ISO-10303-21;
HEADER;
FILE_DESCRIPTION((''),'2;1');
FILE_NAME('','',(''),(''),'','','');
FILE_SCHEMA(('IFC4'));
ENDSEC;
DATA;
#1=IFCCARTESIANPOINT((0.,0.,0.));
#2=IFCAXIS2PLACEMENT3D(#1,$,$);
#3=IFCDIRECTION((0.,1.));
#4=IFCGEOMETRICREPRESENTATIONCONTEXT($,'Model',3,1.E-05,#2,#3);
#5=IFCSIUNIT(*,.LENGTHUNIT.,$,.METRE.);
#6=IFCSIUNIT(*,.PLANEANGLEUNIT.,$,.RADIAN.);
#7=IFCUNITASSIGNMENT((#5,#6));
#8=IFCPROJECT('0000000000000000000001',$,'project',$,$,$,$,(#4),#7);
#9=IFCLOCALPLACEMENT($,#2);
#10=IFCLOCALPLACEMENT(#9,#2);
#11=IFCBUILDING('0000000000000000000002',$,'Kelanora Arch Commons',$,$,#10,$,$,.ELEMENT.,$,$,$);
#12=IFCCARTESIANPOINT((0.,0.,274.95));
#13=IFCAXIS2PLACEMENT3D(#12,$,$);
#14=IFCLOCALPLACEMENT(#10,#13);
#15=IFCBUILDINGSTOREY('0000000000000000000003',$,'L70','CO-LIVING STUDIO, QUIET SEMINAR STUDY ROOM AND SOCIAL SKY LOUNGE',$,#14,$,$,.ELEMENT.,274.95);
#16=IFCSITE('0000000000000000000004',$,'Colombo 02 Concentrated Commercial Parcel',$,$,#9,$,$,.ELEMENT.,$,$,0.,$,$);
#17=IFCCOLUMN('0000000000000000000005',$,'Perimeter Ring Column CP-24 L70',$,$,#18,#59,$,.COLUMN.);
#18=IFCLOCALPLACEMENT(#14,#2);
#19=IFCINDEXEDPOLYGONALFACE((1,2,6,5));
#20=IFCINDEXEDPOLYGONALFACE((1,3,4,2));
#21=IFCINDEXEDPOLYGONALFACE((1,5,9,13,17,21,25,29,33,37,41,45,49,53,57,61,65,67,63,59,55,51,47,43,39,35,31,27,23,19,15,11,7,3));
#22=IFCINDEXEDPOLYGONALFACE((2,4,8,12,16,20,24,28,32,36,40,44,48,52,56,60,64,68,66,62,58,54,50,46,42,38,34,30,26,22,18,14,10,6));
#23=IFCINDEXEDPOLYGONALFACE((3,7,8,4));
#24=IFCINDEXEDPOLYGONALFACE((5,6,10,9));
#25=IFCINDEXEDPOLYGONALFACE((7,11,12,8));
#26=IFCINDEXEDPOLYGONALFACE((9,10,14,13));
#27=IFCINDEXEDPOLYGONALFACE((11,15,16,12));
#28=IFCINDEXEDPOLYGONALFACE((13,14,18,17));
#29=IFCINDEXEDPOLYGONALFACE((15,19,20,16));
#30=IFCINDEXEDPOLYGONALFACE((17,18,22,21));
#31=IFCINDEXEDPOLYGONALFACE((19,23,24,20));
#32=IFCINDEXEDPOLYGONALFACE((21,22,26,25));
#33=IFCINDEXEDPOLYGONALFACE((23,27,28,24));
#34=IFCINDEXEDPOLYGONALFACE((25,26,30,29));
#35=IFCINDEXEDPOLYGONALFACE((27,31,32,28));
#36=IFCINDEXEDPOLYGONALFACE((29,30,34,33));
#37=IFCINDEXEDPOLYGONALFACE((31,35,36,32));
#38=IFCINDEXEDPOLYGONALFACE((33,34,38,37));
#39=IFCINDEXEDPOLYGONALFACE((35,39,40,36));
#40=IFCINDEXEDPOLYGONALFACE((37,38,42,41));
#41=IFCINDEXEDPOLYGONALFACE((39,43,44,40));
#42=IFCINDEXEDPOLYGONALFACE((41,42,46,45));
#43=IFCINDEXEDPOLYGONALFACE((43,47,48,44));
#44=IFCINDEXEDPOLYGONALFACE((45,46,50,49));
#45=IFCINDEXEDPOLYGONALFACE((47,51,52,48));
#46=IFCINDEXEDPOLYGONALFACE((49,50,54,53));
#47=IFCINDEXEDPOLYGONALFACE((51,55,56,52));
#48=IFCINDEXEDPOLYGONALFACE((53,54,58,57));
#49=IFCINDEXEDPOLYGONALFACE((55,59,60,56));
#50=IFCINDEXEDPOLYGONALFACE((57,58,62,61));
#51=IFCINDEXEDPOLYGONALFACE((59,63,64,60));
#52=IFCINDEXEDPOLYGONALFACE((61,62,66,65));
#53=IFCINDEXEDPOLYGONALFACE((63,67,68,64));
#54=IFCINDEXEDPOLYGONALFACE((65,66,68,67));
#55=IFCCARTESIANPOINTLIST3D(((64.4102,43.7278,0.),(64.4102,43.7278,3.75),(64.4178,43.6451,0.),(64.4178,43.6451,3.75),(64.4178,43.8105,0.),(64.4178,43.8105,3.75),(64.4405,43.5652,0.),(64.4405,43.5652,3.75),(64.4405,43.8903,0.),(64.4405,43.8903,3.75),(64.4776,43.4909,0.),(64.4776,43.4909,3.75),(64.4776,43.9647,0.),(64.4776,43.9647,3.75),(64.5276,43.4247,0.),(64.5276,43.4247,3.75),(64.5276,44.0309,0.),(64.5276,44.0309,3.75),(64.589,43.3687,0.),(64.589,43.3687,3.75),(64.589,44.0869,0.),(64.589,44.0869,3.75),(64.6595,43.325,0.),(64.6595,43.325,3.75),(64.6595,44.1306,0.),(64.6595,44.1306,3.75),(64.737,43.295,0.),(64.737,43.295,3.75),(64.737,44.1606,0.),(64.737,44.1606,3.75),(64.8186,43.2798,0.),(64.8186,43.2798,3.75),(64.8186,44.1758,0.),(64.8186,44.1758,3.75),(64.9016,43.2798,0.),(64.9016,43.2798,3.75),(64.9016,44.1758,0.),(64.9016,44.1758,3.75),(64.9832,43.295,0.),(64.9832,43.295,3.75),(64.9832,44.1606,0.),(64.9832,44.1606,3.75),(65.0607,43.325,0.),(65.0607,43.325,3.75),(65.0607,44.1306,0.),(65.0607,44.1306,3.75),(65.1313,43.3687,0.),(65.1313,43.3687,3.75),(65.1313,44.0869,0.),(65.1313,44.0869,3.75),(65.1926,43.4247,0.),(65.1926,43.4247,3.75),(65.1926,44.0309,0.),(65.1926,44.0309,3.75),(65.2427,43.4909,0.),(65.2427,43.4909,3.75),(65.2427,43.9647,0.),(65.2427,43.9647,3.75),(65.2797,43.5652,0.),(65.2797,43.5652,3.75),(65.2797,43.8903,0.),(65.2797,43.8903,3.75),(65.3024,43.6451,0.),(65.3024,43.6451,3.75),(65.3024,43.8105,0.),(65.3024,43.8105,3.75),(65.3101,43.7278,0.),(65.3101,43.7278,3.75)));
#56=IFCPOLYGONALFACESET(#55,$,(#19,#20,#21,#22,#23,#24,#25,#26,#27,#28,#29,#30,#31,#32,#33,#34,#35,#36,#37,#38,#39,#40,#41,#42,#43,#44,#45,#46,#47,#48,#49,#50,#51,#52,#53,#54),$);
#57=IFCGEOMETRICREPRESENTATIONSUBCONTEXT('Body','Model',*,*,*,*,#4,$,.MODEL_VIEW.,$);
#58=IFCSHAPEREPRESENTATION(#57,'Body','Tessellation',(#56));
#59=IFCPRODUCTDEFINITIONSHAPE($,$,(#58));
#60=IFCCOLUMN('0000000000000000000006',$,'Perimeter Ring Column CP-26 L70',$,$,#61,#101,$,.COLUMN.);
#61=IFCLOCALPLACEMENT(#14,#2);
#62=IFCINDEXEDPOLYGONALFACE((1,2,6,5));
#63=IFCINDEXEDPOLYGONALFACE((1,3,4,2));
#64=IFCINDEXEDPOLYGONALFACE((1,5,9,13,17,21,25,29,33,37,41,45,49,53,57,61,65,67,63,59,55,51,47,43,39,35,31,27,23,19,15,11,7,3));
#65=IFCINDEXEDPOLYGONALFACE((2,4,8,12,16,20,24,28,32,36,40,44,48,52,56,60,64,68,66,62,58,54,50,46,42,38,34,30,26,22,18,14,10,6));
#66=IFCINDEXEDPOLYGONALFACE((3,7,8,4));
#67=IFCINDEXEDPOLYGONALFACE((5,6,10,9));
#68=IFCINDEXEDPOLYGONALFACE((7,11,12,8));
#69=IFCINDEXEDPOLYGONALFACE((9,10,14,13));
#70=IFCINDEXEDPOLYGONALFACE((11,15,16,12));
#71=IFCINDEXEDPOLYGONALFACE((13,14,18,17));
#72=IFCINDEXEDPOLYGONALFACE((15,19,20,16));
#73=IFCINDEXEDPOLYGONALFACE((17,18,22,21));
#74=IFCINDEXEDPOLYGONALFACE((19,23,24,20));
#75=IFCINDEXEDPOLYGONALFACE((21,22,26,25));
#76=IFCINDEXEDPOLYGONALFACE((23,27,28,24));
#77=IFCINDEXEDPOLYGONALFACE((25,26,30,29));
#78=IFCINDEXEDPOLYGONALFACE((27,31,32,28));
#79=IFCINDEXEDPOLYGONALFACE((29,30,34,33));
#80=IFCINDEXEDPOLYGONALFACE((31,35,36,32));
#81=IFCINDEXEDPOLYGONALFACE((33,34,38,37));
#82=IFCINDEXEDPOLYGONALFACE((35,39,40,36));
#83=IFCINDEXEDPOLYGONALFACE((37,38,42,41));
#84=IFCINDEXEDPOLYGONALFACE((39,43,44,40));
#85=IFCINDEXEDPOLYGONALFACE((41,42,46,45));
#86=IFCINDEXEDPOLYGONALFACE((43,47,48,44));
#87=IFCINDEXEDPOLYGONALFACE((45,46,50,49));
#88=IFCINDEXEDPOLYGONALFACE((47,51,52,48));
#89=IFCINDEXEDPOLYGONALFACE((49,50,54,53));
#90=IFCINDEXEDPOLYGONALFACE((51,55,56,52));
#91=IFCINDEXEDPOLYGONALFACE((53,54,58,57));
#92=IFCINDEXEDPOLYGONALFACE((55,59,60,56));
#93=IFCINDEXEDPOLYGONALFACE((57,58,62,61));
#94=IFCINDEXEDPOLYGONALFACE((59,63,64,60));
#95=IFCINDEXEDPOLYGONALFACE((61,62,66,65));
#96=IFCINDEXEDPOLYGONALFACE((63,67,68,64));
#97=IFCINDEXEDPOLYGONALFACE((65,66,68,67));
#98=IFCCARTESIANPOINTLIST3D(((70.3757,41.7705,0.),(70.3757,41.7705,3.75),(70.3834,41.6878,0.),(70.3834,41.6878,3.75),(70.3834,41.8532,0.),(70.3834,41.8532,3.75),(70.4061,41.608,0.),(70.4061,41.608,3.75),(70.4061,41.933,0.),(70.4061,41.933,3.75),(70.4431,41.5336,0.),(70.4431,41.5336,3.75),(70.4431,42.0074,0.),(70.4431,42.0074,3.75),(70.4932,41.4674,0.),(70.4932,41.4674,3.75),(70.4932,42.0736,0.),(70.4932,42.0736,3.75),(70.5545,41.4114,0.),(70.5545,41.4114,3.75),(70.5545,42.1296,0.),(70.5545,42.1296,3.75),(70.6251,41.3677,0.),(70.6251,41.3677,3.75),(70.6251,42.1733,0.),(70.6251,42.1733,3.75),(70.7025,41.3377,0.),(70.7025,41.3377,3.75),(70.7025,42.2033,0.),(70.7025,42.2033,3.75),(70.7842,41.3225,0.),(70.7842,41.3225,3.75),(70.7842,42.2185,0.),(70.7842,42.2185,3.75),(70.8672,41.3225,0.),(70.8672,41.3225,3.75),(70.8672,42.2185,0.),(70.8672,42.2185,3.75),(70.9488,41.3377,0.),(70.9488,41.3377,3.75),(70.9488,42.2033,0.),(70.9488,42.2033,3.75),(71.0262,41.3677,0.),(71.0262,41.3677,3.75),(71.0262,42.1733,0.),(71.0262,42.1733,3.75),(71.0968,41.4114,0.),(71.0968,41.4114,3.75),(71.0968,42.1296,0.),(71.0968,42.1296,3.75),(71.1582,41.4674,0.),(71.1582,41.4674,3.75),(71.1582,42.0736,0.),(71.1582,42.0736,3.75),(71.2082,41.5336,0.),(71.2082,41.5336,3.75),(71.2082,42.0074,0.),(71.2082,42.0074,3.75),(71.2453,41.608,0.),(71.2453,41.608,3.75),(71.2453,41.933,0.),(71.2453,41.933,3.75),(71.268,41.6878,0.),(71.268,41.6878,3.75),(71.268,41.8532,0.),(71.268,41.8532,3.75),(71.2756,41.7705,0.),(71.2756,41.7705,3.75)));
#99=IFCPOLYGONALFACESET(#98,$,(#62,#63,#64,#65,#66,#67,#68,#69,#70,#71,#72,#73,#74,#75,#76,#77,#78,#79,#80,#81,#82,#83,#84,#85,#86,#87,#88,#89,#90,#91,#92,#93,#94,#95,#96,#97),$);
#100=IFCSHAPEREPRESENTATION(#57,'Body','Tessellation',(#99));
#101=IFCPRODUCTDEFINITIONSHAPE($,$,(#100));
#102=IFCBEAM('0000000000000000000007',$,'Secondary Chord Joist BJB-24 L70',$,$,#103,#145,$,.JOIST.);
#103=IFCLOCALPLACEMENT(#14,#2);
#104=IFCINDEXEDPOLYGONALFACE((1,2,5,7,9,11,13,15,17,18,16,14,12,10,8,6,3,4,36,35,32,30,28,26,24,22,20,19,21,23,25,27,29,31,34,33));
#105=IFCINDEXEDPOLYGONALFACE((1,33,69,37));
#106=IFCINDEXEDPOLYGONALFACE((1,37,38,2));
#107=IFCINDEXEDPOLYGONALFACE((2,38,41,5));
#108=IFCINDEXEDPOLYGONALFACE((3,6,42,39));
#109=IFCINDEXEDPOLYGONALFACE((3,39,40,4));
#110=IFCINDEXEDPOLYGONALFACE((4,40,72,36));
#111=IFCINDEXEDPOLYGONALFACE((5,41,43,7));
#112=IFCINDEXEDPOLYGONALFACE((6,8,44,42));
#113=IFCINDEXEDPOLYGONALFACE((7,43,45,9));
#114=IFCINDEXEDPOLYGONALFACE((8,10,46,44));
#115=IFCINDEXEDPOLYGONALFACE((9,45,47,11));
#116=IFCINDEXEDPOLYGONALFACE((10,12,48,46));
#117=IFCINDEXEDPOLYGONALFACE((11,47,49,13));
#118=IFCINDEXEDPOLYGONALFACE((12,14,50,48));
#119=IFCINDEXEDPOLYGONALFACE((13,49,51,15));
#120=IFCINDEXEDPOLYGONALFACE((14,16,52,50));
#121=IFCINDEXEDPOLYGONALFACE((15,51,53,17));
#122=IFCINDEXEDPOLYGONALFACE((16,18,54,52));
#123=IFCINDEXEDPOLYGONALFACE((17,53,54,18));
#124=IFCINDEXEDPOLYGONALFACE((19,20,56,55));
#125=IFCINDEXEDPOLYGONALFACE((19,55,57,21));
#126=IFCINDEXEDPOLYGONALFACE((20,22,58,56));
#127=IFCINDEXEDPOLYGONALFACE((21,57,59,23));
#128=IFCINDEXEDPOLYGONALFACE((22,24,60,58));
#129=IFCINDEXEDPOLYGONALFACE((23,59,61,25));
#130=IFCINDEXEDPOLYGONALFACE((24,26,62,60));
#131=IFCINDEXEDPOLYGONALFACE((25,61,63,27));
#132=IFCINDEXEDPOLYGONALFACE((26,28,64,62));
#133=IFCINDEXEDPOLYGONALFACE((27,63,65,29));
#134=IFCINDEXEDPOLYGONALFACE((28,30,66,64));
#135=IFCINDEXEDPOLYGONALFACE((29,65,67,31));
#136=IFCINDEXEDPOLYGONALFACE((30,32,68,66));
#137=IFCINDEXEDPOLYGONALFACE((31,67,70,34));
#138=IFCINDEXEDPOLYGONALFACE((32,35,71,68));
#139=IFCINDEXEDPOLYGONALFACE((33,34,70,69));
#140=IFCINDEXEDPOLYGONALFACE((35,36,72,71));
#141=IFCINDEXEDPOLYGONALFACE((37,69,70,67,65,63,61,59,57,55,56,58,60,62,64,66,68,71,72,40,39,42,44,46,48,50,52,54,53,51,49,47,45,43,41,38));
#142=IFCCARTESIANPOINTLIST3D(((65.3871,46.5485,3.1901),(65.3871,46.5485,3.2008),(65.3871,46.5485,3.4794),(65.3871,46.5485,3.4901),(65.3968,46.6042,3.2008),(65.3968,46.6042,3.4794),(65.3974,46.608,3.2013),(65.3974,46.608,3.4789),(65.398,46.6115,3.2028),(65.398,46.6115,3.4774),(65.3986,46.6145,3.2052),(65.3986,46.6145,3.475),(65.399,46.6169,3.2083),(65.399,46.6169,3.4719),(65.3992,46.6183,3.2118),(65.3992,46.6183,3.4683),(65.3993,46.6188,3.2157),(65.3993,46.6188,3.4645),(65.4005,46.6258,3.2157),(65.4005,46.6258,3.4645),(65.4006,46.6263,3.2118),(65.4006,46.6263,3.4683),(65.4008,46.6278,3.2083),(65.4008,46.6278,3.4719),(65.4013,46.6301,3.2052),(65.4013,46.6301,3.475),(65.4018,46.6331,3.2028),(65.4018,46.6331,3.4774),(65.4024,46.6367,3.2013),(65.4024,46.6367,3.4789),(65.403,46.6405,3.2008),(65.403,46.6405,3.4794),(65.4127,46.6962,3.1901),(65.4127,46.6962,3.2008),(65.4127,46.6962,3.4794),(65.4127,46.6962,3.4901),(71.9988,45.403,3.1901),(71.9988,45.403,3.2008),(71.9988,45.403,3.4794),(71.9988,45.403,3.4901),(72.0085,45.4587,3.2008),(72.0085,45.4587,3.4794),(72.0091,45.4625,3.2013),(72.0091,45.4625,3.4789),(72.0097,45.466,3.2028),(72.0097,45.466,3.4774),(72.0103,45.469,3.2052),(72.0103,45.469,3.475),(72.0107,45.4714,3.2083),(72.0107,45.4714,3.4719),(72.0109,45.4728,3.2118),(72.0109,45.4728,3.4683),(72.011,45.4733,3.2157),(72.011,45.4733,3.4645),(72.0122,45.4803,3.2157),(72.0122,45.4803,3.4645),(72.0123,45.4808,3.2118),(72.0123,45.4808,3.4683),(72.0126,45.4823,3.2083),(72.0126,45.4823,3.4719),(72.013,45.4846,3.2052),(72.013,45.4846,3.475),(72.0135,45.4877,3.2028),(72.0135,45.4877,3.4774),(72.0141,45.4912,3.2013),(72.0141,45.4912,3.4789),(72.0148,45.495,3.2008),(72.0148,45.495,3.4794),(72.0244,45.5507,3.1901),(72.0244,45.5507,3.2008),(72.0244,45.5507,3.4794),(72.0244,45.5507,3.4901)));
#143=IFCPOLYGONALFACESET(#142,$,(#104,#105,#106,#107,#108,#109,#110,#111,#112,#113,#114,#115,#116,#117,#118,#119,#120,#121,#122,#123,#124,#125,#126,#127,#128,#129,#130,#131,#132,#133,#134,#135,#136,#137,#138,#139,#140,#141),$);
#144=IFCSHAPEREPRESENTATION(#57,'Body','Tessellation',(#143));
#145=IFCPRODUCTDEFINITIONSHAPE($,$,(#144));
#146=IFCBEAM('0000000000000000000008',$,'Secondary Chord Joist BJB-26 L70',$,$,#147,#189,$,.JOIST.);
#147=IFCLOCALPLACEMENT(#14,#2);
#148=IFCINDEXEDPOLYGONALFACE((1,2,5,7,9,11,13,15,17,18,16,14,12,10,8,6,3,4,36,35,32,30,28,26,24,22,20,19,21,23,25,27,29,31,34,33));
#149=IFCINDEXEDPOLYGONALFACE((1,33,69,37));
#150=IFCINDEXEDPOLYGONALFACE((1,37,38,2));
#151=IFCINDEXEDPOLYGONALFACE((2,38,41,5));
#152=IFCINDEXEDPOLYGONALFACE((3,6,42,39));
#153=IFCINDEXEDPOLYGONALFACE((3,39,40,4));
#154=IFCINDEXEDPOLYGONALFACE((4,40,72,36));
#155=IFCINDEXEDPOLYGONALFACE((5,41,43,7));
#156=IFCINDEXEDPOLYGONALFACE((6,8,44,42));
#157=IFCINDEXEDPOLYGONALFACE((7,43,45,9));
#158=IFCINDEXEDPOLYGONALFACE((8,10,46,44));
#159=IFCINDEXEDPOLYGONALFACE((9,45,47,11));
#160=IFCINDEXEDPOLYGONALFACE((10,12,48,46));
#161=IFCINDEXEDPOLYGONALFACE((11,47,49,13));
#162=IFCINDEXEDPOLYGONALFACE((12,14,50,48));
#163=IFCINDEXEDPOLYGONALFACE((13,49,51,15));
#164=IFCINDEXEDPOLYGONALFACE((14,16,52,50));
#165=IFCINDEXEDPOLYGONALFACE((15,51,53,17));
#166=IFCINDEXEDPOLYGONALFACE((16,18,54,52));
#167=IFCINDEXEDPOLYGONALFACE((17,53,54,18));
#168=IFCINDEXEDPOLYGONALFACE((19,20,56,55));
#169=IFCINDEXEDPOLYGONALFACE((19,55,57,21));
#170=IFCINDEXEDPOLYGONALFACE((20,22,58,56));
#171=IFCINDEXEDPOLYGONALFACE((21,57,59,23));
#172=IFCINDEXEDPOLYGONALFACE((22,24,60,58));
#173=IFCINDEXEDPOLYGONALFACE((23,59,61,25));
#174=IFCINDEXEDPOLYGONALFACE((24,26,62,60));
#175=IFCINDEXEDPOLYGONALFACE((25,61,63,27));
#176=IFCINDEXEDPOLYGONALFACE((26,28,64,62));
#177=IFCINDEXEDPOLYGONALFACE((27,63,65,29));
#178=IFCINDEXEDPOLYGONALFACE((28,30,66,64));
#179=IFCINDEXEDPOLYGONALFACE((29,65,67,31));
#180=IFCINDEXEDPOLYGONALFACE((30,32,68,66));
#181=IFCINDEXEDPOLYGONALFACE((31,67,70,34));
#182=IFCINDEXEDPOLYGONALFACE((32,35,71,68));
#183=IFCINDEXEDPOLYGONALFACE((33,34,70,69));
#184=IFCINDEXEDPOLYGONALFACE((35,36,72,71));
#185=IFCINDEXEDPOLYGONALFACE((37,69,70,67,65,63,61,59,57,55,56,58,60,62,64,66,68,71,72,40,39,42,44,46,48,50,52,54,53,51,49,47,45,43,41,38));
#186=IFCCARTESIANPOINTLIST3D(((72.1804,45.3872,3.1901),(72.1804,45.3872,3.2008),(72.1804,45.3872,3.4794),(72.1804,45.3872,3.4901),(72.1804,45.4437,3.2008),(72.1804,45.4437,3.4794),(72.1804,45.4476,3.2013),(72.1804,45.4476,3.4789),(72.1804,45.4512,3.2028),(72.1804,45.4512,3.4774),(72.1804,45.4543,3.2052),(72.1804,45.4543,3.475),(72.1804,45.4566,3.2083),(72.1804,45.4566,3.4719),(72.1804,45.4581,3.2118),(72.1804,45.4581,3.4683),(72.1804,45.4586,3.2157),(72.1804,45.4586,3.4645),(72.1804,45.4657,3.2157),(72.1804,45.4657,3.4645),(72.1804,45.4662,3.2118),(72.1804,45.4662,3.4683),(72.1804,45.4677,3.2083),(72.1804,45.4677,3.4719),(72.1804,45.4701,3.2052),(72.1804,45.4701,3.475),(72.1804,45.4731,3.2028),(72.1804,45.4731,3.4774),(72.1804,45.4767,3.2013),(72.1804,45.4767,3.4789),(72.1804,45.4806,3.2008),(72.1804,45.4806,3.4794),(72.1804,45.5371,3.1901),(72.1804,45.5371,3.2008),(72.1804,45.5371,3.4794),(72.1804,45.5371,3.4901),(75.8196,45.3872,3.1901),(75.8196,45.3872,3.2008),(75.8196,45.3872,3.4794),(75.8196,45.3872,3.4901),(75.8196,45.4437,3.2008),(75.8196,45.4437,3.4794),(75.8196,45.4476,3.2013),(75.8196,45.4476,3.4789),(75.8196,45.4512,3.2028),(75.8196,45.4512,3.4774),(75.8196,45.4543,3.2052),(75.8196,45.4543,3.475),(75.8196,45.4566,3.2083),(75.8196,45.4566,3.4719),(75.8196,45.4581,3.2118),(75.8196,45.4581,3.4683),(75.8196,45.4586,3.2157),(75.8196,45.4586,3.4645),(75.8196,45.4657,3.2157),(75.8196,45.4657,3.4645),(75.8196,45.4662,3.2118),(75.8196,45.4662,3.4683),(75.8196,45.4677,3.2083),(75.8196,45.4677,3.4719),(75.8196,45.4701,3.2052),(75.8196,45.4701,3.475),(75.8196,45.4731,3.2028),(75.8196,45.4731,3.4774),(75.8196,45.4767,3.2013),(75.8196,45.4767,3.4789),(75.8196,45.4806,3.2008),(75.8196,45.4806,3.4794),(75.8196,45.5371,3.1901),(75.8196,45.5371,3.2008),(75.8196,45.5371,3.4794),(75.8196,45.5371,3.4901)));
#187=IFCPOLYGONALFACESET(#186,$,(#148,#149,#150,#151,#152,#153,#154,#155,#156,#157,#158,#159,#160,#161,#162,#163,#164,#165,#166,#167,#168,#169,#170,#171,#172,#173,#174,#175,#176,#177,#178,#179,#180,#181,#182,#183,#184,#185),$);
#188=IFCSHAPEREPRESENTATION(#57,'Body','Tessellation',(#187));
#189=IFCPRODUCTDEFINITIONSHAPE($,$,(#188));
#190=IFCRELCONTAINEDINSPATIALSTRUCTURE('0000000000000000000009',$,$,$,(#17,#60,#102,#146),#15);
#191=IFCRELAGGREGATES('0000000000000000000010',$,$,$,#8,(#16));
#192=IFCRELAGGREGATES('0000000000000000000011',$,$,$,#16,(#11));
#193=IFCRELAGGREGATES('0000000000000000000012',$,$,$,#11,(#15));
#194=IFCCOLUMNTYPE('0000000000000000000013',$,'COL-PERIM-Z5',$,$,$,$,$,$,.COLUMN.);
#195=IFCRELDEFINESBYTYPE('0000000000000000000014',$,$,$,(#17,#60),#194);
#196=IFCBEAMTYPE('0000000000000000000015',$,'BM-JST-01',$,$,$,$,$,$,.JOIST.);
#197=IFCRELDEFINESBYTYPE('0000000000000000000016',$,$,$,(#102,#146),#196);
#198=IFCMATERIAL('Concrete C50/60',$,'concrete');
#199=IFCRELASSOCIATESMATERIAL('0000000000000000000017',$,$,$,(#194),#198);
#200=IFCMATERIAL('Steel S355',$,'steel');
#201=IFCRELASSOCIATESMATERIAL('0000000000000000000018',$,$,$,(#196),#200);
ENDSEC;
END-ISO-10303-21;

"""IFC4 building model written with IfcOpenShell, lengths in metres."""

from ifc_helpers import new_model, si_unit, direction, frame, origin, origin_2d, place, context, subcontext, project, spatial, circle, i_section, extrude, material, material_profile, profile_set, type_object, element, save


model = new_model("IFC4")

# Units and contexts
model_context = context("Model", 3, precision=1e-05, world=origin(), true_north=direction((0.0, 1.0)))
body_context = subcontext(model_context, "Body", "Model", "MODEL_VIEW")
ifc_project = project(units=[si_unit("LENGTHUNIT", "METRE"), si_unit("PLANEANGLEUNIT", "RADIAN")], contexts=[model_context])

# Site, building, storey
site_placement = place(None, origin())
site = spatial("IfcSite", under=ifc_project, at=site_placement, Name="Colombo 02 Concentrated Commercial Parcel", CompositionType="ELEMENT", RefElevation=0.0)
building_placement = place(site_placement, origin())
building = spatial("IfcBuilding", under=site, at=building_placement, Name="Kelanora Arch Commons", CompositionType="ELEMENT")
storey_placement = place(building_placement, frame((0.0, 0.0, 274.95)))
storey = spatial("IfcBuildingStorey", under=building, at=storey_placement, Name="L70", Description="CO-LIVING STUDIO, QUIET SEMINAR STUDY ROOM AND SOCIAL SKY LOUNGE", CompositionType="ELEMENT", Elevation=274.95)

# Columns
ifc_material_1 = material(Name="Concrete C50/60", Category="concrete")
ifc_material_profile_1 = material_profile(ifc_material_1, circle(Radius=0.45, at=origin_2d()), Name="RCC900")
ifc_profile_set_1 = profile_set([ifc_material_profile_1], Name="Concrete C50/60")
column_type = type_object("IfcColumnType", Name="COL-PERIM-Z5", PredefinedType="COLUMN", material=ifc_profile_set_1)
for number, where, z_axis, x_axis, name in (
    (1, (64.8601, 43.7278, 0.0), (0.0, 0.0, 1.0), (1.0, 0.0, 0.0), "Perimeter Ring Column CP-24 L70"),
    (2, (70.8257, 41.7705, 0.0), (0.0, 0.0, 1.0), (1.0, 0.0, 0.0), "Perimeter Ring Column CP-26 L70"),
):
    element("IfcColumn", number, at=place(storey_placement, frame(where, z_axis=z_axis, x_axis=x_axis)), inside=storey, type_object=column_type, Name=name, PredefinedType="COLUMN", context=body_context, shape_type="SweptSolid", body=[
        extrude(circle(Radius=0.45, at=origin_2d()), origin(), (0.0, 0.0, 1.0), 3.75),
    ])

# Beams
ifc_material_2 = material(Name="Steel S355", Category="steel")
ifc_material_profile_2 = material_profile(ifc_material_2, i_section(OverallWidth=0.1499, OverallDepth=0.3, WebThickness=0.0071, FlangeThickness=0.0107, FilletRadius=0.0149, at=origin_2d()), Name="IPE300")
ifc_profile_set_2 = profile_set([ifc_material_profile_2], Name="Steel S355")
beam_type_1 = type_object("IfcBeamType", Name="BM-JST-01", PredefinedType="JOIST", material=ifc_profile_set_2)
beam_1_placement = place(storey_placement, frame((65.3999, 46.6223, 3.3401), z_axis=(0.985322, -0.170709, 0.0), x_axis=(0.170709, 0.985322, 0.0)))
element("IfcBeam", 3, at=beam_1_placement, inside=storey, type_object=beam_type_1, Name="Secondary Chord Joist BJB-24 L70", PredefinedType="JOIST", context=body_context, shape_type="SweptSolid", body=[
    extrude(i_section(OverallWidth=0.1499, OverallDepth=0.3, WebThickness=0.0071, FlangeThickness=0.0107, FilletRadius=0.0149, at=origin_2d()), origin(), (0.0, 0.0, 1.0), 6.7102),
])
beam_2_placement = place(storey_placement, frame((72.1804, 45.4622, 3.3401), z_axis=(1.0, 0.0, 0.0), x_axis=(0.0, 1.0, 0.0)))
element("IfcBeam", 4, at=beam_2_placement, inside=storey, type_object=beam_type_1, Name="Secondary Chord Joist BJB-26 L70", PredefinedType="JOIST", context=body_context, shape_type="SweptSolid", body=[
    extrude(i_section(OverallWidth=0.1499, OverallDepth=0.3, WebThickness=0.0071, FlangeThickness=0.0107, FilletRadius=0.0149, at=origin_2d()), origin(), (0.0, 0.0, 1.0), 3.6392),
])

save(model, "model.ifc")
